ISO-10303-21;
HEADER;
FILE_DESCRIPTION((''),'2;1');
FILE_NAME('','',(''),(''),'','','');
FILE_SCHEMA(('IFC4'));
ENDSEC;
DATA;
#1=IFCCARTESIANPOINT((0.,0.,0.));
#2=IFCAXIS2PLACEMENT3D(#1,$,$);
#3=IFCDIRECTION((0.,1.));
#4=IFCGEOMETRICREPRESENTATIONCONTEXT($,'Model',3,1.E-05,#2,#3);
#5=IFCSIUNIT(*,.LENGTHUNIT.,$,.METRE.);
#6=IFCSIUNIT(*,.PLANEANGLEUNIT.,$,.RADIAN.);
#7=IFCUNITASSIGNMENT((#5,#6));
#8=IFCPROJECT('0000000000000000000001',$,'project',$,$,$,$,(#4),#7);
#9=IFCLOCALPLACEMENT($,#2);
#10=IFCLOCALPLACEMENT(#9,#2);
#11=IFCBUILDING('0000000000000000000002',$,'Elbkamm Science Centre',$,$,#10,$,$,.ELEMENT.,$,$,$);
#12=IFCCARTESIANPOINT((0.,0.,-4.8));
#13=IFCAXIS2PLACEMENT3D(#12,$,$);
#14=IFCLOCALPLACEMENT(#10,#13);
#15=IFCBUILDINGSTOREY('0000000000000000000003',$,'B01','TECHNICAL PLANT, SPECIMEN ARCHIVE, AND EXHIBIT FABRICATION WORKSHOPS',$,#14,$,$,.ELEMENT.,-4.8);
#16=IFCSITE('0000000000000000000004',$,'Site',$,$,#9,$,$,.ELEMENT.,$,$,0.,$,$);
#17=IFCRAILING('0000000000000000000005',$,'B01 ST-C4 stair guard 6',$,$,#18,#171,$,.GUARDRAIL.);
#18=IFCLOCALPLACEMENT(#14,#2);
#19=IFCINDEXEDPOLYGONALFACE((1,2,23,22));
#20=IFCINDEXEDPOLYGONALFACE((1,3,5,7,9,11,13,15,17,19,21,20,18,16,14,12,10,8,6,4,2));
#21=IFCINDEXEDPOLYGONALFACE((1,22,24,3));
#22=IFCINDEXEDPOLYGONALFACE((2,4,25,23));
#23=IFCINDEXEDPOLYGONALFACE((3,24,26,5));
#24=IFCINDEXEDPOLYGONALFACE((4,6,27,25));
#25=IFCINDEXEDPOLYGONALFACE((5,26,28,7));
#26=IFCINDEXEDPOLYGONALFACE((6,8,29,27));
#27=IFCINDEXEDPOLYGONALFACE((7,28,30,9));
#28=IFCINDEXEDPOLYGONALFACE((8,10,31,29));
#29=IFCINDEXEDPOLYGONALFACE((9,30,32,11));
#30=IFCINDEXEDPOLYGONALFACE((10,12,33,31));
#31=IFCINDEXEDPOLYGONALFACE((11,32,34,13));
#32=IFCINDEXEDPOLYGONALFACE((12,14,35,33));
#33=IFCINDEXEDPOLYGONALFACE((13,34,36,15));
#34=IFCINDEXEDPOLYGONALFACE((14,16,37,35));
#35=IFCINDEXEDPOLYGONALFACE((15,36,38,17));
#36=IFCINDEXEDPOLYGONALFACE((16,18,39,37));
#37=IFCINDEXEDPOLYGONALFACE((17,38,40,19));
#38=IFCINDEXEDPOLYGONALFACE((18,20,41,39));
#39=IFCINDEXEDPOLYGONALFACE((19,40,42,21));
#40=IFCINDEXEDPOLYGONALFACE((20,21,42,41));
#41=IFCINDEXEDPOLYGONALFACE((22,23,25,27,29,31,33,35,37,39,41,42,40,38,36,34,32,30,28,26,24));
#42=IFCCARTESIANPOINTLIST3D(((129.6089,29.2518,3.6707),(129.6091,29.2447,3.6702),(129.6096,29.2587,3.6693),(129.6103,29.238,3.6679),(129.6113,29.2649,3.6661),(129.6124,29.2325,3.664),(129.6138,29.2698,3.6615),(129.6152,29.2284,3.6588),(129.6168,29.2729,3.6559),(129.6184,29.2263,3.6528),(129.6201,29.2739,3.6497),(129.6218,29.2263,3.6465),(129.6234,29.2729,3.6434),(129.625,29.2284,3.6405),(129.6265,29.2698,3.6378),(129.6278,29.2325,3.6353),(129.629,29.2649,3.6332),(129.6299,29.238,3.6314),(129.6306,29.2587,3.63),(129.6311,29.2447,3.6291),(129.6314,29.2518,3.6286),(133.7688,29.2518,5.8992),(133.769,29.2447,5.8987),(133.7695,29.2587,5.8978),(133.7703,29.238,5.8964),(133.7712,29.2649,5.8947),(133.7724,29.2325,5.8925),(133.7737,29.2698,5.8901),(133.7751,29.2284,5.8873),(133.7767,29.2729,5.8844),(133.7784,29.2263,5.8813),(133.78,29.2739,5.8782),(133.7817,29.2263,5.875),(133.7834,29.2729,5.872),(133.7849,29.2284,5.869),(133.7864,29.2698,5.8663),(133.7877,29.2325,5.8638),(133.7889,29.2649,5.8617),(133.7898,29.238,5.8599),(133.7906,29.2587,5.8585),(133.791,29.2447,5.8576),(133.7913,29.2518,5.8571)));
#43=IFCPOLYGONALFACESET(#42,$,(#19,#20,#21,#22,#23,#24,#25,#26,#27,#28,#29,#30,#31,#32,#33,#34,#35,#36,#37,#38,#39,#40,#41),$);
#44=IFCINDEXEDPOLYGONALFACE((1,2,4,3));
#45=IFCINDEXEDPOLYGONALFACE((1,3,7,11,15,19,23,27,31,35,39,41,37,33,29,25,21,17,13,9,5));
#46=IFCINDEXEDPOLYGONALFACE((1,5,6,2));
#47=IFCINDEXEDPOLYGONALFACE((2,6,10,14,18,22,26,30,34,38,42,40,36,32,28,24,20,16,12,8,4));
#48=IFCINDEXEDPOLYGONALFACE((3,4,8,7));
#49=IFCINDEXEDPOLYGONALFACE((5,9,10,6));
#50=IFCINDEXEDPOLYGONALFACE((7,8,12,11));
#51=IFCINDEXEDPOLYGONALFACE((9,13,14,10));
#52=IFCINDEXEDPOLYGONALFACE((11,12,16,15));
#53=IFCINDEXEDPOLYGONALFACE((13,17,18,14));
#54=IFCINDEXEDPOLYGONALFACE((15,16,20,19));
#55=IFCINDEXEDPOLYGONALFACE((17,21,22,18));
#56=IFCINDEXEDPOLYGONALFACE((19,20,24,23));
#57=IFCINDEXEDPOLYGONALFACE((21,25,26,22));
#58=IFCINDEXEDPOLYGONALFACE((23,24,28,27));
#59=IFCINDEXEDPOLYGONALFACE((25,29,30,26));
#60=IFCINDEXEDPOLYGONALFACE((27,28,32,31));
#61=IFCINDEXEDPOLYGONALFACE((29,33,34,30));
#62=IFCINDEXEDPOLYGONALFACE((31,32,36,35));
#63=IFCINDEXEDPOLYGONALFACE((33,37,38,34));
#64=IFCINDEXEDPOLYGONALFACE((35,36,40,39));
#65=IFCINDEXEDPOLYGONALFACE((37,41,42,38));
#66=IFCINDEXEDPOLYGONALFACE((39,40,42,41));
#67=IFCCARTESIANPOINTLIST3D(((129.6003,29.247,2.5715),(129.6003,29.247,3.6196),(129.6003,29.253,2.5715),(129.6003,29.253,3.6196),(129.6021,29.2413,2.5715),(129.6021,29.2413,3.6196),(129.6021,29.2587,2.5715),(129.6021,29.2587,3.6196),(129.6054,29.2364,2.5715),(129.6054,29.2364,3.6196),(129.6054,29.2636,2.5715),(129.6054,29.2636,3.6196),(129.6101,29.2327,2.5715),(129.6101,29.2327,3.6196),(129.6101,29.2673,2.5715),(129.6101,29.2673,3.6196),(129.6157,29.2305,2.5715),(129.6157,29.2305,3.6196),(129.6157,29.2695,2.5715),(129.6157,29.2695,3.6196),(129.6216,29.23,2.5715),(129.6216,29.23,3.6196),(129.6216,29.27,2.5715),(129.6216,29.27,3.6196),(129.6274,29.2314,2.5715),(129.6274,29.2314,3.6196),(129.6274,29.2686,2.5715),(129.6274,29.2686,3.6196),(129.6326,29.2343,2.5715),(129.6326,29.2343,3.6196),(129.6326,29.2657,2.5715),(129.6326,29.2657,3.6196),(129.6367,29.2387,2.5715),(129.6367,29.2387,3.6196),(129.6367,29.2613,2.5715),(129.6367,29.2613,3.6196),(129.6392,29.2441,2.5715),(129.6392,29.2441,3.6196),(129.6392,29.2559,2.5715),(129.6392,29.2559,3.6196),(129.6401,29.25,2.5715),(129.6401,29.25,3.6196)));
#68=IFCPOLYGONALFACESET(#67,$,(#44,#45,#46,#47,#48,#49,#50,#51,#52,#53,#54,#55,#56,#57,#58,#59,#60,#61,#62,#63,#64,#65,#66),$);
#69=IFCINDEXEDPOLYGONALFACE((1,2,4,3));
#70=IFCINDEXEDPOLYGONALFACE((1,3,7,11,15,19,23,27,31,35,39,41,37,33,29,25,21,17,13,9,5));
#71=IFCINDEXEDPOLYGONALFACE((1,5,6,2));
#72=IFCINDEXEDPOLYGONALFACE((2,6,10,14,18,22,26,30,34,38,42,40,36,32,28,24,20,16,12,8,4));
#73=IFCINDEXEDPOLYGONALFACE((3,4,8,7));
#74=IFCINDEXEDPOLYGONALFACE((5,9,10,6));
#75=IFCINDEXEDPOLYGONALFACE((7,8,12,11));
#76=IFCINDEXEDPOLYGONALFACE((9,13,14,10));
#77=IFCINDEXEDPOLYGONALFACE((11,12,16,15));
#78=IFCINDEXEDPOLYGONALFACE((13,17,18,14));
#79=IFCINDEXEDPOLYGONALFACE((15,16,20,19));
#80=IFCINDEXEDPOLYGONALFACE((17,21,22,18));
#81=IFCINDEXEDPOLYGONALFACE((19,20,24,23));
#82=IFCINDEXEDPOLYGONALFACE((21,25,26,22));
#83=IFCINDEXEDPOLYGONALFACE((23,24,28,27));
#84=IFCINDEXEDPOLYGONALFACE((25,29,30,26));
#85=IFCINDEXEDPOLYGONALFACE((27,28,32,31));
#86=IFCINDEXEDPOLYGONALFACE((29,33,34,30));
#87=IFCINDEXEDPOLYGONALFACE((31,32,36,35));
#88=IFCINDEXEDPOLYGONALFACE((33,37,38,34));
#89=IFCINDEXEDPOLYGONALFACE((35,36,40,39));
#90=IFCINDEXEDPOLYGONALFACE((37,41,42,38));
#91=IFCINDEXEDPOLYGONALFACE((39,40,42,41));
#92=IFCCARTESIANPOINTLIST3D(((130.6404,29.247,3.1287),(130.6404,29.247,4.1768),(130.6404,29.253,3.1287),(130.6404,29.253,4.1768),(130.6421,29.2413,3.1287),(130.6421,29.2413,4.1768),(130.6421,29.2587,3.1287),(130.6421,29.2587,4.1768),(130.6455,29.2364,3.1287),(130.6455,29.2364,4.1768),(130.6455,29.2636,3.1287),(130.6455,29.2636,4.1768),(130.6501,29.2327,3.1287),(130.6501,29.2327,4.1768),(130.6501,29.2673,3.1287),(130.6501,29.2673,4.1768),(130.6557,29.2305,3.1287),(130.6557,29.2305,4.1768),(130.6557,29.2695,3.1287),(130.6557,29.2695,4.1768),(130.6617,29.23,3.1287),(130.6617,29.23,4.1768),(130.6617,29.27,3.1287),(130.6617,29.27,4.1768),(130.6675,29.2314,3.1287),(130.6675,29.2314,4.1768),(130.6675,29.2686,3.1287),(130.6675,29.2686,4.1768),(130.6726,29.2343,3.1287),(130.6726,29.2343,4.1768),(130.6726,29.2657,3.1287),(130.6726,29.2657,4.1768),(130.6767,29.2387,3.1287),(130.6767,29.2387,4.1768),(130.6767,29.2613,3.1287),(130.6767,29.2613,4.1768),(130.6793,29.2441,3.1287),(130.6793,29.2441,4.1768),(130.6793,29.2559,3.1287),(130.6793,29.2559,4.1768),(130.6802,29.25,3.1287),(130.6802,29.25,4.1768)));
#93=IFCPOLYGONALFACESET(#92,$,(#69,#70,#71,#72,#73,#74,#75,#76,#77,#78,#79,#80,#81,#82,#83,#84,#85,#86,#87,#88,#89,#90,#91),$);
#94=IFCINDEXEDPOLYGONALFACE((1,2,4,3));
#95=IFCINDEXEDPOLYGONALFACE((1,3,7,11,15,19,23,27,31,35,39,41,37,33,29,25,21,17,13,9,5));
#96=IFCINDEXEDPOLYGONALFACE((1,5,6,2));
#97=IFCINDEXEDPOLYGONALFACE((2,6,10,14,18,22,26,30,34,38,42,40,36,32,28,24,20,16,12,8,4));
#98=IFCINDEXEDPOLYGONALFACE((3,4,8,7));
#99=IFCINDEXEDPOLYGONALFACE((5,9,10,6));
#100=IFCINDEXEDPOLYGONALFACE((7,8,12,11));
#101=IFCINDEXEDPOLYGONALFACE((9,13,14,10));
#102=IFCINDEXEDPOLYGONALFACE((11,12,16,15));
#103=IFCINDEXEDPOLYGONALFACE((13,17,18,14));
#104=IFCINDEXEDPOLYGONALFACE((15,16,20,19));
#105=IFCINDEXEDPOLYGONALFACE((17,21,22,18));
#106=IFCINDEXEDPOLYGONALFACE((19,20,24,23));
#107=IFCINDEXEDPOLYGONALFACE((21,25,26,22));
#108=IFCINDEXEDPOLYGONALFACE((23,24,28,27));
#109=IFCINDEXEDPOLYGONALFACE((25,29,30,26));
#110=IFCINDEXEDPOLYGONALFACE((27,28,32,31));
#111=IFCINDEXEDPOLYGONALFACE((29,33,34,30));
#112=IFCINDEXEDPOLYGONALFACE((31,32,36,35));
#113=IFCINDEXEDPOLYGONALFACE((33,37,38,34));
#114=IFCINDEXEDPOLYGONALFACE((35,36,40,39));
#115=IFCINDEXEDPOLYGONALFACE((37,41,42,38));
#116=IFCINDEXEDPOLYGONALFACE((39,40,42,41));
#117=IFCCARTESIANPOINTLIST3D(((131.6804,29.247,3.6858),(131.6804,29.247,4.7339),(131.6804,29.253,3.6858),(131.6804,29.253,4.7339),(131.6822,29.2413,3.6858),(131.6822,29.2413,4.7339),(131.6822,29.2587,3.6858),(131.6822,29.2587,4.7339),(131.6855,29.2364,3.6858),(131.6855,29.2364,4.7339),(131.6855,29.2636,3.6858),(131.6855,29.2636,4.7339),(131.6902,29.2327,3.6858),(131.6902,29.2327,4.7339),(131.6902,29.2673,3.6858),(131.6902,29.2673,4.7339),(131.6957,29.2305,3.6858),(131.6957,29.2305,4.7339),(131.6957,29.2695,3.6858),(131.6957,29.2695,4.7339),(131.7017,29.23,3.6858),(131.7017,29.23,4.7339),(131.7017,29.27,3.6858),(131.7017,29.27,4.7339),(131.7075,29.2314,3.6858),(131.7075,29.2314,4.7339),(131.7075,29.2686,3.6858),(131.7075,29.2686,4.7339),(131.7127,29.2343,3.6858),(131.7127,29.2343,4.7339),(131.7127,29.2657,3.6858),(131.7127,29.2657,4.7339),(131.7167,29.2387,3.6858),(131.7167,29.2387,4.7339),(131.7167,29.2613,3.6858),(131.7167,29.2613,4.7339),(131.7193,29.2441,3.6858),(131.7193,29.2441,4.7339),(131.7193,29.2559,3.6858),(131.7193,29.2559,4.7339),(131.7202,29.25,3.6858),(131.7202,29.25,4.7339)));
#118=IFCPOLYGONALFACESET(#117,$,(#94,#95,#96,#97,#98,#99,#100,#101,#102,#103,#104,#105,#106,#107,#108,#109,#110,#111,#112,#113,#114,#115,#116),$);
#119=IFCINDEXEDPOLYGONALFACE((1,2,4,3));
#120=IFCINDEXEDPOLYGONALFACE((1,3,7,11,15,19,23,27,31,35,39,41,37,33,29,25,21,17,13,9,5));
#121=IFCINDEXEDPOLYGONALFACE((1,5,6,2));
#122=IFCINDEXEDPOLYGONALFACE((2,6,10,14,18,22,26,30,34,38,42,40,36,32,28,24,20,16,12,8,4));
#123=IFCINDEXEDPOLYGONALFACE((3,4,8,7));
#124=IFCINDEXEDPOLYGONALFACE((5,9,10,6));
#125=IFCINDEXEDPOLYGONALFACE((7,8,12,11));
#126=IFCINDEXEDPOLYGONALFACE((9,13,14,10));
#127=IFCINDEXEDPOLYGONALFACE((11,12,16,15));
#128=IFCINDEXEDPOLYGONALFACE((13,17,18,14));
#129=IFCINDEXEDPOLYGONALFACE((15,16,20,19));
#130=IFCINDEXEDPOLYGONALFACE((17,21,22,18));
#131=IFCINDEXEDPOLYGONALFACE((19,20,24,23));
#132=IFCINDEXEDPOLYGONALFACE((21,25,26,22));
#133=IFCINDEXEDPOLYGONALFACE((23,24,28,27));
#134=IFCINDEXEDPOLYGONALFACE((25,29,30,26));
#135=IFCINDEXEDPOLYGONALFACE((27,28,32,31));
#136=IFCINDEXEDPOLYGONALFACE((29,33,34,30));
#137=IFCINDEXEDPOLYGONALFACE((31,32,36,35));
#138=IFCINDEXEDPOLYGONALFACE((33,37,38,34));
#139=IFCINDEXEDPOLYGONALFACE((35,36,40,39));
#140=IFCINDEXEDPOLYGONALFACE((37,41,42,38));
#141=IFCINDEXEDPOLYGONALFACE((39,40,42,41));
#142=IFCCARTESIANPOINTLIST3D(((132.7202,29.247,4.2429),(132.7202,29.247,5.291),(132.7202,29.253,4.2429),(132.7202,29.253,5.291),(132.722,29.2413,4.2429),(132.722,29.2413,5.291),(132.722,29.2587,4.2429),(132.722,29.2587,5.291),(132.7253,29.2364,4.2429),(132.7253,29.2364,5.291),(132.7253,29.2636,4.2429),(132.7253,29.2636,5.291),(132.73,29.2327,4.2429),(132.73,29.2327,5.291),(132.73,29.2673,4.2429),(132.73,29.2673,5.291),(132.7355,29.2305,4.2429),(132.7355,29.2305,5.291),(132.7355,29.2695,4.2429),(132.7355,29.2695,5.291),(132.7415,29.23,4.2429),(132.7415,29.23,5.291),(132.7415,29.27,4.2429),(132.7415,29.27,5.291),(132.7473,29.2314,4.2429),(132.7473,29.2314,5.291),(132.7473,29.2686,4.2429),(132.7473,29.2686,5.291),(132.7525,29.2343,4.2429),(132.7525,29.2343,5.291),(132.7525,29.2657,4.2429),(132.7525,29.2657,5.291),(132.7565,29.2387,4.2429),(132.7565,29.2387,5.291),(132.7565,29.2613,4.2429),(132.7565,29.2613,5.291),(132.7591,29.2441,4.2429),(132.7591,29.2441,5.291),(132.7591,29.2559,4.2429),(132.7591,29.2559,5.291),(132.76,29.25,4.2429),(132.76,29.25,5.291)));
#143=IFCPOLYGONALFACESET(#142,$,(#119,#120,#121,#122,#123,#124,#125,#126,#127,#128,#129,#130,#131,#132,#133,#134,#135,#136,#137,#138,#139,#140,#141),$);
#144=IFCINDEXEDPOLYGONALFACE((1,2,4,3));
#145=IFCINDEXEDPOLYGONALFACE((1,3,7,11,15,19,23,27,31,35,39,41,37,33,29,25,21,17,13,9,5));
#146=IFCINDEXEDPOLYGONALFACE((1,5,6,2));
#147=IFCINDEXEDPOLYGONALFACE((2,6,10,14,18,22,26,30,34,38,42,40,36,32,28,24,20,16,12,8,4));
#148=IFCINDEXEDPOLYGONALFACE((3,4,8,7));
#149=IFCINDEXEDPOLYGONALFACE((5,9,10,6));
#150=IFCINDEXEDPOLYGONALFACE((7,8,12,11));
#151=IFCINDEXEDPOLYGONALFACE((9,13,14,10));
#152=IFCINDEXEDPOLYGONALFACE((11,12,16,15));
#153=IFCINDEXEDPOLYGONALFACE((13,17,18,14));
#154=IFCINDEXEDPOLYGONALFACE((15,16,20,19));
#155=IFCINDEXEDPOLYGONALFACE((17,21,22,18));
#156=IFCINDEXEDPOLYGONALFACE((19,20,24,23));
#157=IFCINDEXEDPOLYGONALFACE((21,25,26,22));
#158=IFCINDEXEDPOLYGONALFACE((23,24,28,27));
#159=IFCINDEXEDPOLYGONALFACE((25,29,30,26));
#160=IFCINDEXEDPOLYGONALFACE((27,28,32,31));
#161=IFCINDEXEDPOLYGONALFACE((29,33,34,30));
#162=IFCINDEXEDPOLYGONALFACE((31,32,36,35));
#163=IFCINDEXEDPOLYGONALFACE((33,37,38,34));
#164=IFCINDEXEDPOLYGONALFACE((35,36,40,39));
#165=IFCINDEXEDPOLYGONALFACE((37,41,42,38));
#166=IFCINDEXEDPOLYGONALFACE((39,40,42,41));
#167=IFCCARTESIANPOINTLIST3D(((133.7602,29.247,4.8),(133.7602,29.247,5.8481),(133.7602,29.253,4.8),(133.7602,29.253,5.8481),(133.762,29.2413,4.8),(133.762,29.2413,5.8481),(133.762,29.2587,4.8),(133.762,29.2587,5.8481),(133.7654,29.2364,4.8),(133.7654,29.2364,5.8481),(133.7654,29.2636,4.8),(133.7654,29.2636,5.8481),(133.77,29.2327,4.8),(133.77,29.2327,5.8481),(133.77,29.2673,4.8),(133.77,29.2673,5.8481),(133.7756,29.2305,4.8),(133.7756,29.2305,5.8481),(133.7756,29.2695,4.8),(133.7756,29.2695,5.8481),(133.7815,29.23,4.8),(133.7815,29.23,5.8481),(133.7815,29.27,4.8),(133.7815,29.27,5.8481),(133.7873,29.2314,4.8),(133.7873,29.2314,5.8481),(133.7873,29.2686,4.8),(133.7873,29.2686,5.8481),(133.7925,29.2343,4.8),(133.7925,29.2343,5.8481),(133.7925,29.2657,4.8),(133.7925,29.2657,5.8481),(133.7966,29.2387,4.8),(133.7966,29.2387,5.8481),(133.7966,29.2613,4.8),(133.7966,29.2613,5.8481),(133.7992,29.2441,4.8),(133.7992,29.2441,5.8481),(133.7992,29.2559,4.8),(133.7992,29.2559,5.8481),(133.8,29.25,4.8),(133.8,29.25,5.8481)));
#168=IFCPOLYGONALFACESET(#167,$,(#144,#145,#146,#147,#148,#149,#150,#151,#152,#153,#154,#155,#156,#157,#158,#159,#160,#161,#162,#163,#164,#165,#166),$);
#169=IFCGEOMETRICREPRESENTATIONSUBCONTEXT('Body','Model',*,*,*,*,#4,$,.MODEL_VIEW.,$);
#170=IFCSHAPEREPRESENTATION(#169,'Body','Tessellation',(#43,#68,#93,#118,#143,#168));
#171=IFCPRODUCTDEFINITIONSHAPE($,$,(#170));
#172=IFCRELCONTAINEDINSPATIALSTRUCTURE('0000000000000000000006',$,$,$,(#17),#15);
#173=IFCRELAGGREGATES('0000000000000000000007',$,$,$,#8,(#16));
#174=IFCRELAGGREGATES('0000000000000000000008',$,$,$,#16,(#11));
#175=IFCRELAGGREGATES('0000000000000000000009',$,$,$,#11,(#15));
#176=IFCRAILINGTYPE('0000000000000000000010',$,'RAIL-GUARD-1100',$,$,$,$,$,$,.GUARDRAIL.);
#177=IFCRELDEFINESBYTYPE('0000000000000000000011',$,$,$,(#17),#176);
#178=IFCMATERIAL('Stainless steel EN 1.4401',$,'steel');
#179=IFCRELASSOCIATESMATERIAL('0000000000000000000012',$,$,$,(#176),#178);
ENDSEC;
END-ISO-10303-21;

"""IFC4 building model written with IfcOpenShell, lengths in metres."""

from ifc_helpers import new_model, si_unit, direction, frame, origin, origin_2d, place, context, subcontext, project, spatial, circle, extrude, material, type_object, element, save


model = new_model("IFC4")

# Units and contexts
model_context = context("Model", 3, precision=1e-05, world=origin(), true_north=direction((0.0, 1.0)))
body_context = subcontext(model_context, "Body", "Model", "MODEL_VIEW")
ifc_project = project(units=[si_unit("LENGTHUNIT", "METRE"), si_unit("PLANEANGLEUNIT", "RADIAN")], contexts=[model_context])

# Site, building, storey
site_placement = place(None, origin())
site = spatial("IfcSite", under=ifc_project, at=site_placement, Name="Site", CompositionType="ELEMENT", RefElevation=0.0)
building_placement = place(site_placement, origin())
building = spatial("IfcBuilding", under=site, at=building_placement, Name="Elbkamm Science Centre", CompositionType="ELEMENT")
storey_placement = place(building_placement, frame((0.0, 0.0, -4.8)))
storey = spatial("IfcBuildingStorey", under=building, at=storey_placement, Name="B01", Description="TECHNICAL PLANT, SPECIMEN ARCHIVE, AND EXHIBIT FABRICATION WORKSHOPS", CompositionType="ELEMENT", Elevation=-4.8)

# Railing
ifc_material_1 = material(Name="Stainless steel EN 1.4401", Category="steel")
railing_type_1 = type_object("IfcRailingType", Name="RAIL-GUARD-1100", PredefinedType="GUARDRAIL", material=ifc_material_1)
railing_1_placement = place(storey_placement, frame((129.6201, 29.25, 2.5715)))
element("IfcRailing", 1, at=railing_1_placement, inside=storey, type_object=railing_type_1, Name="B01 ST-C4 stair guard 6", PredefinedType="GUARDRAIL", context=body_context, shape_type="SweptSolid", body=[
    extrude(circle(Radius=0.0239, at=origin_2d()), frame((0.0, 0.0, 1.0781), z_axis=(0.881481, 0.0, 0.47222), x_axis=(0.0, 1.0, 0.0)), (0.0, 0.0, 1.0), 4.7192),
    extrude(circle(Radius=0.02, at=origin_2d()), origin(), (0.0, 0.0, 1.0), 1.0481),
    extrude(circle(Radius=0.02, at=origin_2d()), frame((1.04, 0.0, 0.5571)), (0.0, 0.0, 1.0), 1.0481),
    extrude(circle(Radius=0.02, at=origin_2d()), frame((2.0801, 0.0, 1.1143)), (0.0, 0.0, 1.0), 1.0481),
    extrude(circle(Radius=0.02, at=origin_2d()), frame((3.1199, 0.0, 1.6714)), (0.0, 0.0, 1.0), 1.0481),
    extrude(circle(Radius=0.02, at=origin_2d()), frame((4.1599, 0.0, 2.2285)), (0.0, 0.0, 1.0), 1.0481),
])

save(model, "model.ifc")
